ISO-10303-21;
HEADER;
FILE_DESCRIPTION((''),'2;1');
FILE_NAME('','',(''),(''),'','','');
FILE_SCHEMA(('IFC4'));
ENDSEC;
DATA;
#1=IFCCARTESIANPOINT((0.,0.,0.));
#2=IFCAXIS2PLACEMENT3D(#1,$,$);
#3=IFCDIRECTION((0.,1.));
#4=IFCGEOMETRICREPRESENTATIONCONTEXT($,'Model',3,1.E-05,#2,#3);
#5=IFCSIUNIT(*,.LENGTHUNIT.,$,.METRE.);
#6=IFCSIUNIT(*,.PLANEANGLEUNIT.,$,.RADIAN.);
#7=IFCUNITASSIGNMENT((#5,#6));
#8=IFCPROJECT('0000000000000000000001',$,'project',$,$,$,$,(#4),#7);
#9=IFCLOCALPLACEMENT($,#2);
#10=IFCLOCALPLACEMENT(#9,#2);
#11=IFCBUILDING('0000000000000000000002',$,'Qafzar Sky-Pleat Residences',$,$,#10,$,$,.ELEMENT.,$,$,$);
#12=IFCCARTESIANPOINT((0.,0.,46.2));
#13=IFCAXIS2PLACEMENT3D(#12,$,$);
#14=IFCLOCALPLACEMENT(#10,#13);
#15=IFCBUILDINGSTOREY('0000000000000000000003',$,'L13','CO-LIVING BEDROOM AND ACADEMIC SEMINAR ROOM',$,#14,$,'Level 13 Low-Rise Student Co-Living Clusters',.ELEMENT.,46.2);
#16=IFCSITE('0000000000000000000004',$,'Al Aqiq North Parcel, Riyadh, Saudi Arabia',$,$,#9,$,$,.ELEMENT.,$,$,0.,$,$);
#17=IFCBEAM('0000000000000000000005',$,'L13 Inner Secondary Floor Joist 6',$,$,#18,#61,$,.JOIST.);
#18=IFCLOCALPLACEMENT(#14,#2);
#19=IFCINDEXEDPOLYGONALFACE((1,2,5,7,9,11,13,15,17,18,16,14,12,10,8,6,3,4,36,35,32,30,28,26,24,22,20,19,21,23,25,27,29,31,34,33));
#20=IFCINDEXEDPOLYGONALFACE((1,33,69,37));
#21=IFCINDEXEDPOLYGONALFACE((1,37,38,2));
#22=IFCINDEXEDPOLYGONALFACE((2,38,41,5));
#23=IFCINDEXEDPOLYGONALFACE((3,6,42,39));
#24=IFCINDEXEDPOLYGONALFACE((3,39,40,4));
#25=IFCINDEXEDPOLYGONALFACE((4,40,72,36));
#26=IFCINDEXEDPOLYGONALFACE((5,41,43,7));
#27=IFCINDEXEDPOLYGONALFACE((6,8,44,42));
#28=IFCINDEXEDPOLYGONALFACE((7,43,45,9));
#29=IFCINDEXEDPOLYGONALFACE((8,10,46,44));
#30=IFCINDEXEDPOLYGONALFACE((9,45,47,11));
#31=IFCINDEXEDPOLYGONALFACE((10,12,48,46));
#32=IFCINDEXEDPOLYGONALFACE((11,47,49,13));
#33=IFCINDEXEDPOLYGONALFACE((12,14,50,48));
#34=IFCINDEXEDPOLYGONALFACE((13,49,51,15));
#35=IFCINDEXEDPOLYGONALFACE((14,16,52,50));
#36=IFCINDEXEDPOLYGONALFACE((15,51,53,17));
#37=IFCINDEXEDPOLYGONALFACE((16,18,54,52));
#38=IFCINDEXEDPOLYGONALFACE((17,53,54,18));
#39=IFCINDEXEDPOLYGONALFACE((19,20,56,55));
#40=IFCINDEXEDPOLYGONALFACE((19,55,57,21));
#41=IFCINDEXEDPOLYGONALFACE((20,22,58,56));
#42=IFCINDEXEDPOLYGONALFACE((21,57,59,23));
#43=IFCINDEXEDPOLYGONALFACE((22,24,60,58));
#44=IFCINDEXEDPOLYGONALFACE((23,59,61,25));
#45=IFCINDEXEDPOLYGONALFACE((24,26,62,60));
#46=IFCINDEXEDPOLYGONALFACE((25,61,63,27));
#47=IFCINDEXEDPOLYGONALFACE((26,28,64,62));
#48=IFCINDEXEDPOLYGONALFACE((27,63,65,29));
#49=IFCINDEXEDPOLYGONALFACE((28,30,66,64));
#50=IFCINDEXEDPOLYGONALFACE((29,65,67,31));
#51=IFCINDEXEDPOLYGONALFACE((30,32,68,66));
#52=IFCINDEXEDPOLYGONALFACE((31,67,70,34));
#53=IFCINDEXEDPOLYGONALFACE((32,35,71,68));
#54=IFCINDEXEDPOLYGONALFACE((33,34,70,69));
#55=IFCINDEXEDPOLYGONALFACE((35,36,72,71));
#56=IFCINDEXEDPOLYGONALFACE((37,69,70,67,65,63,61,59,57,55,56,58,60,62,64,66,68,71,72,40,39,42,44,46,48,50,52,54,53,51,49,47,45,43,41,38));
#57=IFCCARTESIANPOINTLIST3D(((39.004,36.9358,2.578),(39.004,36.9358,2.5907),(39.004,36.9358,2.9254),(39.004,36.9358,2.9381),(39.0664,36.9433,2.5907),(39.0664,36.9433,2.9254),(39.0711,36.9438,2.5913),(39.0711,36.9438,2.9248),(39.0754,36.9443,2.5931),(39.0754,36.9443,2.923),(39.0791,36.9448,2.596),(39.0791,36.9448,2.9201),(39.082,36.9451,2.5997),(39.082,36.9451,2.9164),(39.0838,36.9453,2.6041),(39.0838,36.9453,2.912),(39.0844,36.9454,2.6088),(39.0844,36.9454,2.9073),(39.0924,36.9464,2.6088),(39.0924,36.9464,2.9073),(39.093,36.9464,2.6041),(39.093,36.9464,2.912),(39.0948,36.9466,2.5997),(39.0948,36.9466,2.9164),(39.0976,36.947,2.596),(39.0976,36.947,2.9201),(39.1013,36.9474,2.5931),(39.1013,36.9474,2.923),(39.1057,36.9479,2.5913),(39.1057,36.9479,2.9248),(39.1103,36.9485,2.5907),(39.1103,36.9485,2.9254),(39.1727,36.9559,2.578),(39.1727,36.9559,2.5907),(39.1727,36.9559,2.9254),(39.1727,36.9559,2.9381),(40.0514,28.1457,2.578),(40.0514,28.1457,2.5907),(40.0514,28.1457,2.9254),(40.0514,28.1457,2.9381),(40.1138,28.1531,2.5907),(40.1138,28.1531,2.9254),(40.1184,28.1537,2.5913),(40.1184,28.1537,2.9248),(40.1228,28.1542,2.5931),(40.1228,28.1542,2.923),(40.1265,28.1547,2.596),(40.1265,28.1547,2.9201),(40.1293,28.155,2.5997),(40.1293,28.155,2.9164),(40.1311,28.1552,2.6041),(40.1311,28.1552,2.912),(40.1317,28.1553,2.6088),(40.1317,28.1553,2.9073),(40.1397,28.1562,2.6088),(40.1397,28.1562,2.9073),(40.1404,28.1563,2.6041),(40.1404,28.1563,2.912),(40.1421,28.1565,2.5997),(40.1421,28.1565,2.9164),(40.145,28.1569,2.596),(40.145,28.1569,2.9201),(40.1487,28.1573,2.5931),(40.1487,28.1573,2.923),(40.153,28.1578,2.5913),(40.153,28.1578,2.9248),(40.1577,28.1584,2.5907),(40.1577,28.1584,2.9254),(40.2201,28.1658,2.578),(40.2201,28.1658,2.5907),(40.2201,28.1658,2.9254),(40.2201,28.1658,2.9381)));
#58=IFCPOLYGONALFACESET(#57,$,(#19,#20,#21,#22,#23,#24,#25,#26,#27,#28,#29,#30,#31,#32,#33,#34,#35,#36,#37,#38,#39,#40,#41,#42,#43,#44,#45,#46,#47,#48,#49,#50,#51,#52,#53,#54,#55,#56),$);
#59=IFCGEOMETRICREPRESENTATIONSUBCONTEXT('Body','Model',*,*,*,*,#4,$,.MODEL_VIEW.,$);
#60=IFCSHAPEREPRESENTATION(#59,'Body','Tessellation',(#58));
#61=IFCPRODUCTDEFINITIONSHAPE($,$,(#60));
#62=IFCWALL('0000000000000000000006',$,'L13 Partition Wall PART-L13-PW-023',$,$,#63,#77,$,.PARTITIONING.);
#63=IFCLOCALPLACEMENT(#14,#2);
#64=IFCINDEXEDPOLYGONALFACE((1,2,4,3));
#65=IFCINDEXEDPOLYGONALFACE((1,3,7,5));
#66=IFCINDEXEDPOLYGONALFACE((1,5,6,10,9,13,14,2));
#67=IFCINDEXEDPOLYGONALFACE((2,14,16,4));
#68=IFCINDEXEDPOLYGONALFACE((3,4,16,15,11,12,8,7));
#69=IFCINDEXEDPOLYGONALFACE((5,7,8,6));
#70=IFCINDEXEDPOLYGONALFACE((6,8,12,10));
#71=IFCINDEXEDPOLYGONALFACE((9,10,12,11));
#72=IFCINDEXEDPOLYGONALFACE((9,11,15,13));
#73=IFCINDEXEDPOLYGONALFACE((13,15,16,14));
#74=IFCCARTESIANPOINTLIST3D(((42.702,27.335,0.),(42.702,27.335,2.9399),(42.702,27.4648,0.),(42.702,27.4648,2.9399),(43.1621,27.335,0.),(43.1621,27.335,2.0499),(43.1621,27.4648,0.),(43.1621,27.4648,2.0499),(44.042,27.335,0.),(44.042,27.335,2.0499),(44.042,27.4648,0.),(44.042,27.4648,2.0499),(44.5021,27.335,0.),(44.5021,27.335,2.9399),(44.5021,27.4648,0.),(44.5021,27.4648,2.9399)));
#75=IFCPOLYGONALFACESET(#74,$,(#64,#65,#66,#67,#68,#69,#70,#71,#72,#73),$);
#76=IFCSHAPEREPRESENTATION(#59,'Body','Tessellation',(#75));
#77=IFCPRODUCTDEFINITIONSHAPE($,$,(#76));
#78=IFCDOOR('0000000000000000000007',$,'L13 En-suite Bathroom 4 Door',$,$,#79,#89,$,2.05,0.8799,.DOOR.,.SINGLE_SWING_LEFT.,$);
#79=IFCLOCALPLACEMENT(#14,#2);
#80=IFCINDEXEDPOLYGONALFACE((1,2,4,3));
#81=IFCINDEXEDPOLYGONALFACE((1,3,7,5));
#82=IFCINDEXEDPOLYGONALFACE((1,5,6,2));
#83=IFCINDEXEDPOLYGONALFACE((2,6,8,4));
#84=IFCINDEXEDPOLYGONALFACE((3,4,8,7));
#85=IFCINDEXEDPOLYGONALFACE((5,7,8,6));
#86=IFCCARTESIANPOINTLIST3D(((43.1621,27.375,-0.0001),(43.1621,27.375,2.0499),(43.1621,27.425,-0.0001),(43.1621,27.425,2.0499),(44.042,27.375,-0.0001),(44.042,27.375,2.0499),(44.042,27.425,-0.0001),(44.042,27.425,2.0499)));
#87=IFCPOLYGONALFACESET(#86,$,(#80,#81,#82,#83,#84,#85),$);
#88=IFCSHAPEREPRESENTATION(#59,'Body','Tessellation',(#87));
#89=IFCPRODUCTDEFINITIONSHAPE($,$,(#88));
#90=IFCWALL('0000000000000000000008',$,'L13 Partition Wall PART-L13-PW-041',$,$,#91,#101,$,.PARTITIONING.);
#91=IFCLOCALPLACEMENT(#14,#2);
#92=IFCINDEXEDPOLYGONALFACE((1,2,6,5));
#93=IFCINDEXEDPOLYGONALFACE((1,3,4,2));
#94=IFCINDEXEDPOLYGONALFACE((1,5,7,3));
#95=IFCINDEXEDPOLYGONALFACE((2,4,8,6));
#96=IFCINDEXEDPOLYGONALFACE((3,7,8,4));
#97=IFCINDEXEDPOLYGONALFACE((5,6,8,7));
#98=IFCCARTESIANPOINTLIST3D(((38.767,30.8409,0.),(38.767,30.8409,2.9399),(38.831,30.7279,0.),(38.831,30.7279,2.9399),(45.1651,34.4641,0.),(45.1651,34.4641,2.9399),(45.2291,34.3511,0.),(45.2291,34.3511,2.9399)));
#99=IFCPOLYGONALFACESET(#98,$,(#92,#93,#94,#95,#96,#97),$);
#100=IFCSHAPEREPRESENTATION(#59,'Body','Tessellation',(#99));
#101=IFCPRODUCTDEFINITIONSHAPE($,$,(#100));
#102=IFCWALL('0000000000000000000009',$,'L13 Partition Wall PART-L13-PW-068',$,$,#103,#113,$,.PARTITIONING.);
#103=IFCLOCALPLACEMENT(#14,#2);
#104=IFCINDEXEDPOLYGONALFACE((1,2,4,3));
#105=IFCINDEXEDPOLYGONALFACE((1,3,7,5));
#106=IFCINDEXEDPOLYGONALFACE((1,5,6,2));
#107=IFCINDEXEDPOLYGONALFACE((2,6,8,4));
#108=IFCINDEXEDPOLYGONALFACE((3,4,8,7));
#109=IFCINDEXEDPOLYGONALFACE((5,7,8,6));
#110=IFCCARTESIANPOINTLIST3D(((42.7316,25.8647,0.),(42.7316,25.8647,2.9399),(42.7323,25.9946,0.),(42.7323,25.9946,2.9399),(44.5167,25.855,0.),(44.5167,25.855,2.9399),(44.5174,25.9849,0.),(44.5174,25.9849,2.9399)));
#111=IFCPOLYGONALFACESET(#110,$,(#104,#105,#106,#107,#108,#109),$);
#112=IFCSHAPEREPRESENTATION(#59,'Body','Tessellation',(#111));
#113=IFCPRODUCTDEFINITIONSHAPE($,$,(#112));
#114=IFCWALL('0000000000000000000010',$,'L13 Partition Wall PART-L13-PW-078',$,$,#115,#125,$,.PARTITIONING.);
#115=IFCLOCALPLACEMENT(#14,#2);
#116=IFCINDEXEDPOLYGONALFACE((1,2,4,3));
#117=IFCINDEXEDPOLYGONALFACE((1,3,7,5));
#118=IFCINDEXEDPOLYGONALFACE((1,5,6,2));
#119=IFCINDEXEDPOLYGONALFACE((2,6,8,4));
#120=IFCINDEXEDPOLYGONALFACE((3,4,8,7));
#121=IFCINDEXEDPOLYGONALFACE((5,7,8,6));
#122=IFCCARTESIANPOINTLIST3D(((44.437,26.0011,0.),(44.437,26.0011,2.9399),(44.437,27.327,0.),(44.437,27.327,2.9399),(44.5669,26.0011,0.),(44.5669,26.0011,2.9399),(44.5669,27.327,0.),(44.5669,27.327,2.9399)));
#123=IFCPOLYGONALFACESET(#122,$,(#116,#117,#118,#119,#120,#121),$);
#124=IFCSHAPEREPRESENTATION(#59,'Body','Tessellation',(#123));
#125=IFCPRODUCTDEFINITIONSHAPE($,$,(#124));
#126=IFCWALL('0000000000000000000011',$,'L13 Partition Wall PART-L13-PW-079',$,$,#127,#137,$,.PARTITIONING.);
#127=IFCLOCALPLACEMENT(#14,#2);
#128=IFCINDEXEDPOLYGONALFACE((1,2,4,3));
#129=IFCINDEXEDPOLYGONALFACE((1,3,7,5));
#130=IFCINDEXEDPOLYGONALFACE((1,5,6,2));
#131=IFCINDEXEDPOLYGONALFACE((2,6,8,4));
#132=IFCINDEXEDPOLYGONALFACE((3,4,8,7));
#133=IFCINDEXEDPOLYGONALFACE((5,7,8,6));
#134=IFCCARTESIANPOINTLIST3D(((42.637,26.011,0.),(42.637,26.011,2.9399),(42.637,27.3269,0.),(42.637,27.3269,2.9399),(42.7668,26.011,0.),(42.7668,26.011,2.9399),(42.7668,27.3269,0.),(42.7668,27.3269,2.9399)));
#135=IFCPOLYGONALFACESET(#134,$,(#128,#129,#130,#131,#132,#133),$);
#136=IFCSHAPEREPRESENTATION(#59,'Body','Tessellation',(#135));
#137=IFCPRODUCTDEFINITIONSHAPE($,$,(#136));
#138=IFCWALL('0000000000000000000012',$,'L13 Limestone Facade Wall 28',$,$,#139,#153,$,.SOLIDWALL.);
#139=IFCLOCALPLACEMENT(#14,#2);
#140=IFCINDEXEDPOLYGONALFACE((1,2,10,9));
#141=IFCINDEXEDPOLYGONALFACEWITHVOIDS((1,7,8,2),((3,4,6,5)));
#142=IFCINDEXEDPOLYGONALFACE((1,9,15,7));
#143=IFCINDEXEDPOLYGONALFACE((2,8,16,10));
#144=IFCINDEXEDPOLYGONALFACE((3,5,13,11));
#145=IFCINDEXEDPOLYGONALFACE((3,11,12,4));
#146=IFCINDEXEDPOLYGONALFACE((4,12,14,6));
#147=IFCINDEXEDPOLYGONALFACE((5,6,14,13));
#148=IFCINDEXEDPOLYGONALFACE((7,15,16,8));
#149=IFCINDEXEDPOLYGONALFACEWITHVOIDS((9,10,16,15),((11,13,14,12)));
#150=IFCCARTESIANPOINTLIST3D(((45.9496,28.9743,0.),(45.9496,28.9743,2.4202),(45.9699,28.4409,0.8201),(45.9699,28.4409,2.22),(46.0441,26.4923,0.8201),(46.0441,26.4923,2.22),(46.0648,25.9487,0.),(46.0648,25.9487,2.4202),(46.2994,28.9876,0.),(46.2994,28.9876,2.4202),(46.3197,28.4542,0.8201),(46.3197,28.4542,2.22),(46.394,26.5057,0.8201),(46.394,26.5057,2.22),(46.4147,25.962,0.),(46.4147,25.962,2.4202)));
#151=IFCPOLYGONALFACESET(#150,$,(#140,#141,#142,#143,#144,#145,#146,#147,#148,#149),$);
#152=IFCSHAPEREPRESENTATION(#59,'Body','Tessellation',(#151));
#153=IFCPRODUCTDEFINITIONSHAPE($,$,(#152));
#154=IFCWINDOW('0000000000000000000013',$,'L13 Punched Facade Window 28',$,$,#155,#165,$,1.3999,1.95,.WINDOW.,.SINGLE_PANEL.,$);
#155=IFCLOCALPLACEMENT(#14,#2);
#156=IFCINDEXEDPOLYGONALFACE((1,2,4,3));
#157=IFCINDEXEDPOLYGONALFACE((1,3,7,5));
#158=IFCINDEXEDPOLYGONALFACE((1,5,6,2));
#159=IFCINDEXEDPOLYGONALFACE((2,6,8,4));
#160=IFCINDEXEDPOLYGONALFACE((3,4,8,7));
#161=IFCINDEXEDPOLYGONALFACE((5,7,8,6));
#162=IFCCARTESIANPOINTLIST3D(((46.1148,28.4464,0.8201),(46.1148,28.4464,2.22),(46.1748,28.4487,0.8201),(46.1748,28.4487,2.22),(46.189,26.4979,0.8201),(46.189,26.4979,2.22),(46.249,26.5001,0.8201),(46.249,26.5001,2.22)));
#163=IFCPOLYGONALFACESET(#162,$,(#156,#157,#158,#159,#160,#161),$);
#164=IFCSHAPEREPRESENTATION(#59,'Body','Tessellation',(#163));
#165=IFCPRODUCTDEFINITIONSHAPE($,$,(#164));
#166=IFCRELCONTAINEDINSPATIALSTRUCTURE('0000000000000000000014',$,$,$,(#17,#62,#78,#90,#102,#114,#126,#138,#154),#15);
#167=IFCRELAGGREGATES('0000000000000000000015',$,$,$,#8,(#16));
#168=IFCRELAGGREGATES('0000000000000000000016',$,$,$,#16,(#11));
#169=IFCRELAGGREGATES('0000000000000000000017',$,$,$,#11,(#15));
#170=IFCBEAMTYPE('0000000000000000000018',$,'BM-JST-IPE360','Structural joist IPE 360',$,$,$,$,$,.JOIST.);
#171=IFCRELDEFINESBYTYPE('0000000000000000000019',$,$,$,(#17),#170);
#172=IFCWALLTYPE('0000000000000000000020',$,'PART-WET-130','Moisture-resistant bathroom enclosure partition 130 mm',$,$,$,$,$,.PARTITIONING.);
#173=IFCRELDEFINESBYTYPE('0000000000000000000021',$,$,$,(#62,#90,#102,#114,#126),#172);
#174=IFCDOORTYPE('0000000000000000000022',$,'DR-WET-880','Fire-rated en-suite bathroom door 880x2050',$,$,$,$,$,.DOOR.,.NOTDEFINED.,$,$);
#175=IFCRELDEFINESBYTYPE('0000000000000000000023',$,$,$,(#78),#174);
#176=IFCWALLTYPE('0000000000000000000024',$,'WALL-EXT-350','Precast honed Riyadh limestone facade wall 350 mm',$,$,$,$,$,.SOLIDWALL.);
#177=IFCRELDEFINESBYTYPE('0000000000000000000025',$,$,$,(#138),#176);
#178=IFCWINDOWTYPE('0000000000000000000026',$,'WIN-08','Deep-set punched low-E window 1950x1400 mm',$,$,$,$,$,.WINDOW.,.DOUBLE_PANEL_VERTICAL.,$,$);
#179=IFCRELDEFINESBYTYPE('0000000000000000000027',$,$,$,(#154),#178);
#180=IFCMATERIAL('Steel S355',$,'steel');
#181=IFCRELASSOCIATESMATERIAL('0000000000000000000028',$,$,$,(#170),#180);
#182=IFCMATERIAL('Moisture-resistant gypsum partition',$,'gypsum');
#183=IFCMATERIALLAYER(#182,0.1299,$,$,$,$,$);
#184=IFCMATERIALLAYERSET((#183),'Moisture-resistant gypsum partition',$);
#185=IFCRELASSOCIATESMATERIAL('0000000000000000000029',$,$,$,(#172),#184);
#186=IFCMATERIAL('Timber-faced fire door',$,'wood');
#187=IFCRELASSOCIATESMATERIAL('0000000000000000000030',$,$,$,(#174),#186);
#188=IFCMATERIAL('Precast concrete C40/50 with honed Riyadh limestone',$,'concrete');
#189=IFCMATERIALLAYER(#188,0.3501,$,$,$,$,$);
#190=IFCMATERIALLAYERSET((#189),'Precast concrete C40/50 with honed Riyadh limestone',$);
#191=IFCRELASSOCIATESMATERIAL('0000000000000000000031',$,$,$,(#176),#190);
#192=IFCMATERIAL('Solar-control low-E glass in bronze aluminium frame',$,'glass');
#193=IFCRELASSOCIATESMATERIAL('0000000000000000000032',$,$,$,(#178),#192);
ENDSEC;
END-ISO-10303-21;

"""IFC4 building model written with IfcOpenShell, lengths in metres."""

from ifc_helpers import new_model, si_unit, direction, frame, frame_2d, origin, origin_2d, place, context, subcontext, project, spatial, rectangle, i_section, extrude, source, transform, mapped, material, layer, layer_set, material_profile, profile_set, type_object, element, fill, save


model = new_model("IFC4")

# Units and contexts
model_context = context("Model", 3, precision=1e-05, world=origin(), true_north=direction((0.0, 1.0)))
body_context = subcontext(model_context, "Body", "Model", "MODEL_VIEW")
ifc_project = project(units=[si_unit("LENGTHUNIT", "METRE"), si_unit("PLANEANGLEUNIT", "RADIAN")], contexts=[model_context])

# Site, building, storey
site_placement = place(None, origin())
site = spatial("IfcSite", under=ifc_project, at=site_placement, Name="Al Aqiq North Parcel, Riyadh, Saudi Arabia", CompositionType="ELEMENT", RefElevation=0.0)
building_placement = place(site_placement, origin())
building = spatial("IfcBuilding", under=site, at=building_placement, Name="Qafzar Sky-Pleat Residences", CompositionType="ELEMENT")
storey_placement = place(building_placement, frame((0.0, 0.0, 46.2)))
storey = spatial("IfcBuildingStorey", under=building, at=storey_placement, Name="L13", Description="CO-LIVING BEDROOM AND ACADEMIC SEMINAR ROOM", LongName="Level 13 Low-Rise Student Co-Living Clusters", CompositionType="ELEMENT", Elevation=46.2)

# Beam
ifc_material_1 = material(Name="Steel S355", Category="steel")
ifc_material_profile_1 = material_profile(ifc_material_1, i_section(OverallWidth=0.1699, OverallDepth=0.3601, WebThickness=0.0081, FlangeThickness=0.0127, FilletRadius=0.0181, at=origin_2d()), Name="IPE 360")
ifc_profile_set_1 = profile_set([ifc_material_profile_1], Name="Steel S355")
beam_type_1 = type_object("IfcBeamType", Name="BM-JST-IPE360", Description="Structural joist IPE 360", PredefinedType="JOIST", material=ifc_profile_set_1)
shared_shape_1 = source(origin(), body_context, "Body", "SweptSolid", [
    extrude(i_section(OverallWidth=0.1699, OverallDepth=0.3601, WebThickness=0.0081, FlangeThickness=0.0127, FilletRadius=0.0181, at=origin_2d()), origin(), (0.0, 0.0, 1.0), 8.8523),
])
beam_1_placement = place(storey_placement, frame((40.1357, 28.1558, 2.7581), z_axis=(-0.118316, 0.992976, 0.0), x_axis=(-0.992976, -0.118316, 0.0)))
element("IfcBeam", 1, at=beam_1_placement, inside=storey, type_object=beam_type_1, Name="L13 Inner Secondary Floor Joist 6", PredefinedType="JOIST", context=body_context, shape_type="MappedRepresentation", body=[
    mapped(shared_shape_1, transform((0.0, 0.0, 0.0), x_axis=(1.0, 0.0, 0.0), y_axis=(0.0, 1.0, 0.0), z_axis=(0.0, 0.0, 1.0), scale=1.0)),
])

# Wall, opening, door
ifc_material_2 = material(Name="Moisture-resistant gypsum partition", Category="gypsum")
ifc_layer_1 = layer(ifc_material_2, 0.1299)
ifc_layer_set_1 = layer_set([ifc_layer_1], Name="Moisture-resistant gypsum partition")
wall_type_1 = type_object("IfcWallType", Name="PART-WET-130", Description="Moisture-resistant bathroom enclosure partition 130 mm", PredefinedType="PARTITIONING", material=ifc_layer_set_1)
wall_1_placement = place(storey_placement, frame((44.502, 27.3999, 0.0), z_axis=(0.0, 0.0, 1.0), x_axis=(-1.0, 0.0, 0.0)))
wall_1 = element("IfcWall", 2, at=wall_1_placement, inside=storey, type_object=wall_type_1, Name="L13 Partition Wall PART-L13-PW-023", PredefinedType="PARTITIONING", context=body_context, shape_type="SweptSolid", body=[
    extrude(rectangle(XDim=1.8, YDim=0.1299, at=frame_2d((0.8999, 0.0))), origin(), (0.0, 0.0, 1.0), 2.9399),
])
opening_1_placement = place(wall_1_placement, frame((0.46, 0.0, 0.0)))
opening_1 = element("IfcOpeningElement", 3, at=opening_1_placement, cuts=wall_1, PredefinedType="OPENING", context=body_context, shape_type="SweptSolid", body=[
    extrude(rectangle(XDim=0.8799, YDim=2.05, at=frame_2d((0.4399, 1.0249))), frame((0.0, 0.075, 0.0), z_axis=(0.0, -1.0, 0.0), x_axis=(1.0, 0.0, 0.0)), (0.0, 0.0, 1.0), 0.1499),
])
ifc_material_3 = material(Name="Timber-faced fire door", Category="wood")
door_type = type_object("IfcDoorType", Name="DR-WET-880", Description="Fire-rated en-suite bathroom door 880x2050", OperationType="NOTDEFINED", PredefinedType="DOOR", material=ifc_material_3)
shared_shape_2 = source(origin(), body_context, "Body", "SweptSolid", [
    extrude(rectangle(XDim=0.8799, YDim=2.05, at=frame_2d((0.4399, 1.0249))), frame((0.0, 0.0249, 0.0), z_axis=(0.0, -1.0, 0.0), x_axis=(1.0, 0.0, 0.0)), (0.0, 0.0, 1.0), 0.05),
])
door_placement = place(opening_1_placement, origin())
door = element("IfcDoor", 4, at=door_placement, inside=storey, type_object=door_type, Name="L13 En-suite Bathroom 4 Door", OperationType="SINGLE_SWING_LEFT", OverallHeight=2.05, OverallWidth=0.8799, PredefinedType="DOOR", context=body_context, shape_type="MappedRepresentation", body=[
    mapped(shared_shape_2, transform((0.0, 0.0, 0.0), x_axis=(1.0, 0.0, 0.0), y_axis=(0.0, 1.0, 0.0), z_axis=(0.0, 0.0, 1.0), scale=1.0)),
])
fill(opening_1, door)

# Walls
wall_2_placement = place(storey_placement, frame((38.7991, 30.7844, 0.0), z_axis=(0.0, 0.0, 1.0), x_axis=(0.870159, 0.49277, 0.0)))
element("IfcWall", 5, at=wall_2_placement, inside=storey, type_object=wall_type_1, Name="L13 Partition Wall PART-L13-PW-041", PredefinedType="PARTITIONING", context=body_context, shape_type="SweptSolid", body=[
    extrude(rectangle(XDim=7.3528, YDim=0.1299, at=frame_2d((3.6763, 0.0))), origin(), (0.0, 0.0, 1.0), 2.9399),
])
wall_3_placement = place(storey_placement, frame((42.7319, 25.9297, 0.0), z_axis=(0.0, 0.0, 1.0), x_axis=(0.999985, -0.00547, 0.0)))
element("IfcWall", 6, at=wall_3_placement, inside=storey, type_object=wall_type_1, Name="L13 Partition Wall PART-L13-PW-068", PredefinedType="PARTITIONING", context=body_context, shape_type="SweptSolid", body=[
    extrude(rectangle(XDim=1.7852, YDim=0.1299, at=frame_2d((0.8926, 0.0))), origin(), (0.0, 0.0, 1.0), 2.9399),
])
wall_4_placement = place(storey_placement, frame((44.502, 26.001, 0.0), z_axis=(0.0, 0.0, 1.0), x_axis=(0.0, 1.0, 0.0)))
element("IfcWall", 7, at=wall_4_placement, inside=storey, type_object=wall_type_1, Name="L13 Partition Wall PART-L13-PW-078", PredefinedType="PARTITIONING", context=body_context, shape_type="SweptSolid", body=[
    extrude(rectangle(XDim=1.3259, YDim=0.1299, at=frame_2d((0.6631, 0.0))), origin(), (0.0, 0.0, 1.0), 2.9399),
])
wall_5_placement = place(storey_placement, frame((42.7019, 26.011, 0.0), z_axis=(0.0, 0.0, 1.0), x_axis=(0.0, 1.0, 0.0)))
element("IfcWall", 8, at=wall_5_placement, inside=storey, type_object=wall_type_1, Name="L13 Partition Wall PART-L13-PW-079", PredefinedType="PARTITIONING", context=body_context, shape_type="SweptSolid", body=[
    extrude(rectangle(XDim=1.3159, YDim=0.1299, at=frame_2d((0.658, 0.0))), origin(), (0.0, 0.0, 1.0), 2.9399),
])

# Wall, opening, window
ifc_material_4 = material(Name="Precast concrete C40/50 with honed Riyadh limestone", Category="concrete")
ifc_layer_2 = layer(ifc_material_4, 0.3501)
ifc_layer_set_2 = layer_set([ifc_layer_2], Name="Precast concrete C40/50 with honed Riyadh limestone")
wall_type_2 = type_object("IfcWallType", Name="WALL-EXT-350", Description="Precast honed Riyadh limestone facade wall 350 mm", PredefinedType="SOLIDWALL", material=ifc_layer_set_2)
wall_6_placement = place(storey_placement, frame((46.2397, 25.9553, 0.0), z_axis=(0.0, 0.0, 1.0), x_axis=(-0.038058, 0.999276, 0.0)))
wall_6 = element("IfcWall", 9, at=wall_6_placement, inside=storey, type_object=wall_type_2, Name="L13 Limestone Facade Wall 28", PredefinedType="SOLIDWALL", context=body_context, shape_type="SweptSolid", body=[
    extrude(rectangle(XDim=3.0278, YDim=0.3501, at=frame_2d((1.5139, 0.0))), origin(), (0.0, 0.0, 1.0), 2.4202),
])
opening_2_placement = place(wall_6_placement, frame((0.5439, 0.0, 0.8201)))
opening_2 = element("IfcOpeningElement", 10, at=opening_2_placement, cuts=wall_6, PredefinedType="OPENING", context=body_context, shape_type="SweptSolid", body=[
    extrude(rectangle(XDim=1.95, YDim=1.3999, at=frame_2d((0.9751, 0.7))), frame((0.0, 0.1851, 0.0), z_axis=(0.0, -1.0, 0.0), x_axis=(1.0, 0.0, 0.0)), (0.0, 0.0, 1.0), 0.3701),
])
ifc_material_5 = material(Name="Solar-control low-E glass in bronze aluminium frame", Category="glass")
window_type_1 = type_object("IfcWindowType", Name="WIN-08", Description="Deep-set punched low-E window 1950x1400 mm", PartitioningType="DOUBLE_PANEL_VERTICAL", PredefinedType="WINDOW", material=ifc_material_5)
shared_shape_3 = source(origin(), body_context, "Body", "SweptSolid", [
    extrude(rectangle(XDim=1.95, YDim=1.3999, at=frame_2d((0.9751, 0.7))), frame((0.0, 0.03, 0.0), z_axis=(0.0, -1.0, 0.0), x_axis=(1.0, 0.0, 0.0)), (0.0, 0.0, 1.0), 0.0601),
])
window_1_placement = place(opening_2_placement, origin())
window_1 = element("IfcWindow", 11, at=window_1_placement, inside=storey, type_object=window_type_1, Name="L13 Punched Facade Window 28", OverallHeight=1.3999, OverallWidth=1.95, PartitioningType="SINGLE_PANEL", PredefinedType="WINDOW", context=body_context, shape_type="MappedRepresentation", body=[
    mapped(shared_shape_3, transform((0.0, 0.0, 0.0), x_axis=(1.0, 0.0, 0.0), y_axis=(0.0, 1.0, 0.0), z_axis=(0.0, 0.0, 1.0), scale=1.0)),
])
fill(opening_2, window_1)

save(model, "model.ifc")
